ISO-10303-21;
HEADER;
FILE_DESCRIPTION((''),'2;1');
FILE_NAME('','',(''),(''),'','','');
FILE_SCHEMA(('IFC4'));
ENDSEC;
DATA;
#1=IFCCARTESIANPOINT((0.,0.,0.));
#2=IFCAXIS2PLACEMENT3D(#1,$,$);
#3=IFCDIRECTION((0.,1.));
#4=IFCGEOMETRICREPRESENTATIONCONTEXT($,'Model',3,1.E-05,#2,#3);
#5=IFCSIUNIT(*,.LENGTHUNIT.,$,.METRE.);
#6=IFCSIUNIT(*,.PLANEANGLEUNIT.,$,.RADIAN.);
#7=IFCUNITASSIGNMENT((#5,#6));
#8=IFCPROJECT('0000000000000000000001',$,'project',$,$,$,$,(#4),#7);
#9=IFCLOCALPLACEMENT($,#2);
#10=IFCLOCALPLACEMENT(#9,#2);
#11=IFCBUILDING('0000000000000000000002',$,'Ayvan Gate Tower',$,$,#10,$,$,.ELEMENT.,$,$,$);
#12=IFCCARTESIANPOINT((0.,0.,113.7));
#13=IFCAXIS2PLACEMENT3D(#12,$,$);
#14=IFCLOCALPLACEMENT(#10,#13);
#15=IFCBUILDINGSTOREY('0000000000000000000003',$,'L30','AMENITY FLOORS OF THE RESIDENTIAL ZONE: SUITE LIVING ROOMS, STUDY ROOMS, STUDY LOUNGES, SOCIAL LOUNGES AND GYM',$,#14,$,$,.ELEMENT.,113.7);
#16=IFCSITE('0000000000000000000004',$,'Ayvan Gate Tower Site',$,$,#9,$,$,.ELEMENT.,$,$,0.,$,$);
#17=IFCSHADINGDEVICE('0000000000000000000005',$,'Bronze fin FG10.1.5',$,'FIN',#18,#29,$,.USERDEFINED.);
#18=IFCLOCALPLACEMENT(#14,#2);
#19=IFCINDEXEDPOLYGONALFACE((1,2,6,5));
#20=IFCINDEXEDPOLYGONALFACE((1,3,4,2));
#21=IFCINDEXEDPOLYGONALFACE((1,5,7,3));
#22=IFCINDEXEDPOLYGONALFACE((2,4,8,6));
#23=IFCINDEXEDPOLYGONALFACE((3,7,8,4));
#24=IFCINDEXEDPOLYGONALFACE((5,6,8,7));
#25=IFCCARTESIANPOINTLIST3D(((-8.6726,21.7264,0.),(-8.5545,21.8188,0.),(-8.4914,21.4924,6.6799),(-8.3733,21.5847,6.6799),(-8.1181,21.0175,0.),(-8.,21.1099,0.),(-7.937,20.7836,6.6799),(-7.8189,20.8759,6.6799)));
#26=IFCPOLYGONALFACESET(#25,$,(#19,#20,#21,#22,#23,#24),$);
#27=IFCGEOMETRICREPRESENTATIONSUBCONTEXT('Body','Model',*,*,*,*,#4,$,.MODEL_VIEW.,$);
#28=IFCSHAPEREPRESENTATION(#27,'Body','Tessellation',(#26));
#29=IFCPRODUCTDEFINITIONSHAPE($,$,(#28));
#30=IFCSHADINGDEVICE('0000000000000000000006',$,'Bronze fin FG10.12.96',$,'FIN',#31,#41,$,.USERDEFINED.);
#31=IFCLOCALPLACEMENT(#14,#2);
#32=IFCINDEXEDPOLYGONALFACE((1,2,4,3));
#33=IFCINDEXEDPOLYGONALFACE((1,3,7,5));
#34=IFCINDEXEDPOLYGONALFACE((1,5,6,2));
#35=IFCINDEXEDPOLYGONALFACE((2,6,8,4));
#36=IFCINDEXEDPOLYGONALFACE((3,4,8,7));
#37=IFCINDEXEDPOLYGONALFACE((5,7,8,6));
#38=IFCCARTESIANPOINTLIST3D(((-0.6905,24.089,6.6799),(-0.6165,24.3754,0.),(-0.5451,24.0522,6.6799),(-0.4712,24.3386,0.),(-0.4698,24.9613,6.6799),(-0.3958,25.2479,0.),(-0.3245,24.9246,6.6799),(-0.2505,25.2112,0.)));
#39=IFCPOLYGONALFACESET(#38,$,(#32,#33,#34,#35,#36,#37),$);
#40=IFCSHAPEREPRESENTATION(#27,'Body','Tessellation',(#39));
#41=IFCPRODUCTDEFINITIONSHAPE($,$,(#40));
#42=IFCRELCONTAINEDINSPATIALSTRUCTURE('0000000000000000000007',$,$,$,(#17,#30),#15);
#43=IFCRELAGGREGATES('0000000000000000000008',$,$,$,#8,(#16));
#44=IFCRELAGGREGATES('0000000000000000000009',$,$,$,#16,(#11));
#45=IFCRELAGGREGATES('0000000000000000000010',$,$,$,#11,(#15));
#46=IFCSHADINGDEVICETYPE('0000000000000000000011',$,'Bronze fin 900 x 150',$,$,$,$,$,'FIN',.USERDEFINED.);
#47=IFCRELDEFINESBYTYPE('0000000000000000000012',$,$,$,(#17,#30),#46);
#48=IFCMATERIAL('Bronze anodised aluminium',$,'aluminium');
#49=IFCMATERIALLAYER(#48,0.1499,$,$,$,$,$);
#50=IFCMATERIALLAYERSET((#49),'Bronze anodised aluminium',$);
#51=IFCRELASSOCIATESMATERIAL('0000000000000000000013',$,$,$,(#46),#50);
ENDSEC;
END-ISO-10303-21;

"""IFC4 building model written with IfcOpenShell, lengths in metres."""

from ifc_helpers import new_model, si_unit, direction, frame, origin, place, context, subcontext, project, spatial, polyline, outline, extrude, material, layer, layer_set, type_object, element, save


model = new_model("IFC4")

# Units and contexts
model_context = context("Model", 3, precision=1e-05, world=origin(), true_north=direction((0.0, 1.0)))
body_context = subcontext(model_context, "Body", "Model", "MODEL_VIEW")
ifc_project = project(units=[si_unit("LENGTHUNIT", "METRE"), si_unit("PLANEANGLEUNIT", "RADIAN")], contexts=[model_context])

# Site, building, storey
site_placement = place(None, origin())
site = spatial("IfcSite", under=ifc_project, at=site_placement, Name="Ayvan Gate Tower Site", CompositionType="ELEMENT", RefElevation=0.0)
building_placement = place(site_placement, origin())
building = spatial("IfcBuilding", under=site, at=building_placement, Name="Ayvan Gate Tower", CompositionType="ELEMENT")
storey_placement = place(building_placement, frame((0.0, 0.0, 113.7)))
storey = spatial("IfcBuildingStorey", under=building, at=storey_placement, Name="L30", Description="AMENITY FLOORS OF THE RESIDENTIAL ZONE: SUITE LIVING ROOMS, STUDY ROOMS, STUDY LOUNGES, SOCIAL LOUNGES AND GYM", CompositionType="ELEMENT", Elevation=113.7)

# Shared definitions
ifc_material_1 = material(Name="Bronze anodised aluminium", Category="aluminium")

# Shading devices
ifc_layer_1 = layer(ifc_material_1, 0.1499)
ifc_layer_set_1 = layer_set([ifc_layer_1], Name="Bronze anodised aluminium")
shading_device_type = type_object("IfcShadingDeviceType", Name="Bronze fin 900 x 150", ElementType="FIN", PredefinedType="USERDEFINED", material=ifc_layer_set_1)
shading_device_1_placement = place(storey_placement, frame((-8.0, 21.1099, 0.0), z_axis=(0.787677, 0.616089, 0.000222), x_axis=(-0.616089, 0.787677, 0.0)))
element("IfcShadingDevice", 1, at=shading_device_1_placement, inside=storey, type_object=shading_device_type, Name="Bronze fin FG10.1.5", ObjectType="FIN", PredefinedType="USERDEFINED", context=body_context, shape_type="SweptSolid", body=[
    extrude(outline(polyline([(0.0, 0.0), (0.9, 0.0), (0.604, 6.6799), (-0.2958, 6.6799), (0.0, 0.0)])), origin(), (0.0, 0.0, -1.0), 0.1499),
])
shading_device_2_placement = place(storey_placement, frame((-0.4712, 24.3386, 0.0), z_axis=(0.96946, -0.245248, 0.000217), x_axis=(0.245248, 0.96946, 0.0)))
element("IfcShadingDevice", 2, at=shading_device_2_placement, inside=storey, type_object=shading_device_type, Name="Bronze fin FG10.12.96", ObjectType="FIN", PredefinedType="USERDEFINED", context=body_context, shape_type="SweptSolid", body=[
    extrude(outline(polyline([(0.0, 0.0), (0.9, 0.0), (0.604, 6.6799), (-0.2958, 6.6799), (0.0, 0.0)])), origin(), (0.0, 0.0, -1.0), 0.1499),
])

save(model, "model.ifc")
